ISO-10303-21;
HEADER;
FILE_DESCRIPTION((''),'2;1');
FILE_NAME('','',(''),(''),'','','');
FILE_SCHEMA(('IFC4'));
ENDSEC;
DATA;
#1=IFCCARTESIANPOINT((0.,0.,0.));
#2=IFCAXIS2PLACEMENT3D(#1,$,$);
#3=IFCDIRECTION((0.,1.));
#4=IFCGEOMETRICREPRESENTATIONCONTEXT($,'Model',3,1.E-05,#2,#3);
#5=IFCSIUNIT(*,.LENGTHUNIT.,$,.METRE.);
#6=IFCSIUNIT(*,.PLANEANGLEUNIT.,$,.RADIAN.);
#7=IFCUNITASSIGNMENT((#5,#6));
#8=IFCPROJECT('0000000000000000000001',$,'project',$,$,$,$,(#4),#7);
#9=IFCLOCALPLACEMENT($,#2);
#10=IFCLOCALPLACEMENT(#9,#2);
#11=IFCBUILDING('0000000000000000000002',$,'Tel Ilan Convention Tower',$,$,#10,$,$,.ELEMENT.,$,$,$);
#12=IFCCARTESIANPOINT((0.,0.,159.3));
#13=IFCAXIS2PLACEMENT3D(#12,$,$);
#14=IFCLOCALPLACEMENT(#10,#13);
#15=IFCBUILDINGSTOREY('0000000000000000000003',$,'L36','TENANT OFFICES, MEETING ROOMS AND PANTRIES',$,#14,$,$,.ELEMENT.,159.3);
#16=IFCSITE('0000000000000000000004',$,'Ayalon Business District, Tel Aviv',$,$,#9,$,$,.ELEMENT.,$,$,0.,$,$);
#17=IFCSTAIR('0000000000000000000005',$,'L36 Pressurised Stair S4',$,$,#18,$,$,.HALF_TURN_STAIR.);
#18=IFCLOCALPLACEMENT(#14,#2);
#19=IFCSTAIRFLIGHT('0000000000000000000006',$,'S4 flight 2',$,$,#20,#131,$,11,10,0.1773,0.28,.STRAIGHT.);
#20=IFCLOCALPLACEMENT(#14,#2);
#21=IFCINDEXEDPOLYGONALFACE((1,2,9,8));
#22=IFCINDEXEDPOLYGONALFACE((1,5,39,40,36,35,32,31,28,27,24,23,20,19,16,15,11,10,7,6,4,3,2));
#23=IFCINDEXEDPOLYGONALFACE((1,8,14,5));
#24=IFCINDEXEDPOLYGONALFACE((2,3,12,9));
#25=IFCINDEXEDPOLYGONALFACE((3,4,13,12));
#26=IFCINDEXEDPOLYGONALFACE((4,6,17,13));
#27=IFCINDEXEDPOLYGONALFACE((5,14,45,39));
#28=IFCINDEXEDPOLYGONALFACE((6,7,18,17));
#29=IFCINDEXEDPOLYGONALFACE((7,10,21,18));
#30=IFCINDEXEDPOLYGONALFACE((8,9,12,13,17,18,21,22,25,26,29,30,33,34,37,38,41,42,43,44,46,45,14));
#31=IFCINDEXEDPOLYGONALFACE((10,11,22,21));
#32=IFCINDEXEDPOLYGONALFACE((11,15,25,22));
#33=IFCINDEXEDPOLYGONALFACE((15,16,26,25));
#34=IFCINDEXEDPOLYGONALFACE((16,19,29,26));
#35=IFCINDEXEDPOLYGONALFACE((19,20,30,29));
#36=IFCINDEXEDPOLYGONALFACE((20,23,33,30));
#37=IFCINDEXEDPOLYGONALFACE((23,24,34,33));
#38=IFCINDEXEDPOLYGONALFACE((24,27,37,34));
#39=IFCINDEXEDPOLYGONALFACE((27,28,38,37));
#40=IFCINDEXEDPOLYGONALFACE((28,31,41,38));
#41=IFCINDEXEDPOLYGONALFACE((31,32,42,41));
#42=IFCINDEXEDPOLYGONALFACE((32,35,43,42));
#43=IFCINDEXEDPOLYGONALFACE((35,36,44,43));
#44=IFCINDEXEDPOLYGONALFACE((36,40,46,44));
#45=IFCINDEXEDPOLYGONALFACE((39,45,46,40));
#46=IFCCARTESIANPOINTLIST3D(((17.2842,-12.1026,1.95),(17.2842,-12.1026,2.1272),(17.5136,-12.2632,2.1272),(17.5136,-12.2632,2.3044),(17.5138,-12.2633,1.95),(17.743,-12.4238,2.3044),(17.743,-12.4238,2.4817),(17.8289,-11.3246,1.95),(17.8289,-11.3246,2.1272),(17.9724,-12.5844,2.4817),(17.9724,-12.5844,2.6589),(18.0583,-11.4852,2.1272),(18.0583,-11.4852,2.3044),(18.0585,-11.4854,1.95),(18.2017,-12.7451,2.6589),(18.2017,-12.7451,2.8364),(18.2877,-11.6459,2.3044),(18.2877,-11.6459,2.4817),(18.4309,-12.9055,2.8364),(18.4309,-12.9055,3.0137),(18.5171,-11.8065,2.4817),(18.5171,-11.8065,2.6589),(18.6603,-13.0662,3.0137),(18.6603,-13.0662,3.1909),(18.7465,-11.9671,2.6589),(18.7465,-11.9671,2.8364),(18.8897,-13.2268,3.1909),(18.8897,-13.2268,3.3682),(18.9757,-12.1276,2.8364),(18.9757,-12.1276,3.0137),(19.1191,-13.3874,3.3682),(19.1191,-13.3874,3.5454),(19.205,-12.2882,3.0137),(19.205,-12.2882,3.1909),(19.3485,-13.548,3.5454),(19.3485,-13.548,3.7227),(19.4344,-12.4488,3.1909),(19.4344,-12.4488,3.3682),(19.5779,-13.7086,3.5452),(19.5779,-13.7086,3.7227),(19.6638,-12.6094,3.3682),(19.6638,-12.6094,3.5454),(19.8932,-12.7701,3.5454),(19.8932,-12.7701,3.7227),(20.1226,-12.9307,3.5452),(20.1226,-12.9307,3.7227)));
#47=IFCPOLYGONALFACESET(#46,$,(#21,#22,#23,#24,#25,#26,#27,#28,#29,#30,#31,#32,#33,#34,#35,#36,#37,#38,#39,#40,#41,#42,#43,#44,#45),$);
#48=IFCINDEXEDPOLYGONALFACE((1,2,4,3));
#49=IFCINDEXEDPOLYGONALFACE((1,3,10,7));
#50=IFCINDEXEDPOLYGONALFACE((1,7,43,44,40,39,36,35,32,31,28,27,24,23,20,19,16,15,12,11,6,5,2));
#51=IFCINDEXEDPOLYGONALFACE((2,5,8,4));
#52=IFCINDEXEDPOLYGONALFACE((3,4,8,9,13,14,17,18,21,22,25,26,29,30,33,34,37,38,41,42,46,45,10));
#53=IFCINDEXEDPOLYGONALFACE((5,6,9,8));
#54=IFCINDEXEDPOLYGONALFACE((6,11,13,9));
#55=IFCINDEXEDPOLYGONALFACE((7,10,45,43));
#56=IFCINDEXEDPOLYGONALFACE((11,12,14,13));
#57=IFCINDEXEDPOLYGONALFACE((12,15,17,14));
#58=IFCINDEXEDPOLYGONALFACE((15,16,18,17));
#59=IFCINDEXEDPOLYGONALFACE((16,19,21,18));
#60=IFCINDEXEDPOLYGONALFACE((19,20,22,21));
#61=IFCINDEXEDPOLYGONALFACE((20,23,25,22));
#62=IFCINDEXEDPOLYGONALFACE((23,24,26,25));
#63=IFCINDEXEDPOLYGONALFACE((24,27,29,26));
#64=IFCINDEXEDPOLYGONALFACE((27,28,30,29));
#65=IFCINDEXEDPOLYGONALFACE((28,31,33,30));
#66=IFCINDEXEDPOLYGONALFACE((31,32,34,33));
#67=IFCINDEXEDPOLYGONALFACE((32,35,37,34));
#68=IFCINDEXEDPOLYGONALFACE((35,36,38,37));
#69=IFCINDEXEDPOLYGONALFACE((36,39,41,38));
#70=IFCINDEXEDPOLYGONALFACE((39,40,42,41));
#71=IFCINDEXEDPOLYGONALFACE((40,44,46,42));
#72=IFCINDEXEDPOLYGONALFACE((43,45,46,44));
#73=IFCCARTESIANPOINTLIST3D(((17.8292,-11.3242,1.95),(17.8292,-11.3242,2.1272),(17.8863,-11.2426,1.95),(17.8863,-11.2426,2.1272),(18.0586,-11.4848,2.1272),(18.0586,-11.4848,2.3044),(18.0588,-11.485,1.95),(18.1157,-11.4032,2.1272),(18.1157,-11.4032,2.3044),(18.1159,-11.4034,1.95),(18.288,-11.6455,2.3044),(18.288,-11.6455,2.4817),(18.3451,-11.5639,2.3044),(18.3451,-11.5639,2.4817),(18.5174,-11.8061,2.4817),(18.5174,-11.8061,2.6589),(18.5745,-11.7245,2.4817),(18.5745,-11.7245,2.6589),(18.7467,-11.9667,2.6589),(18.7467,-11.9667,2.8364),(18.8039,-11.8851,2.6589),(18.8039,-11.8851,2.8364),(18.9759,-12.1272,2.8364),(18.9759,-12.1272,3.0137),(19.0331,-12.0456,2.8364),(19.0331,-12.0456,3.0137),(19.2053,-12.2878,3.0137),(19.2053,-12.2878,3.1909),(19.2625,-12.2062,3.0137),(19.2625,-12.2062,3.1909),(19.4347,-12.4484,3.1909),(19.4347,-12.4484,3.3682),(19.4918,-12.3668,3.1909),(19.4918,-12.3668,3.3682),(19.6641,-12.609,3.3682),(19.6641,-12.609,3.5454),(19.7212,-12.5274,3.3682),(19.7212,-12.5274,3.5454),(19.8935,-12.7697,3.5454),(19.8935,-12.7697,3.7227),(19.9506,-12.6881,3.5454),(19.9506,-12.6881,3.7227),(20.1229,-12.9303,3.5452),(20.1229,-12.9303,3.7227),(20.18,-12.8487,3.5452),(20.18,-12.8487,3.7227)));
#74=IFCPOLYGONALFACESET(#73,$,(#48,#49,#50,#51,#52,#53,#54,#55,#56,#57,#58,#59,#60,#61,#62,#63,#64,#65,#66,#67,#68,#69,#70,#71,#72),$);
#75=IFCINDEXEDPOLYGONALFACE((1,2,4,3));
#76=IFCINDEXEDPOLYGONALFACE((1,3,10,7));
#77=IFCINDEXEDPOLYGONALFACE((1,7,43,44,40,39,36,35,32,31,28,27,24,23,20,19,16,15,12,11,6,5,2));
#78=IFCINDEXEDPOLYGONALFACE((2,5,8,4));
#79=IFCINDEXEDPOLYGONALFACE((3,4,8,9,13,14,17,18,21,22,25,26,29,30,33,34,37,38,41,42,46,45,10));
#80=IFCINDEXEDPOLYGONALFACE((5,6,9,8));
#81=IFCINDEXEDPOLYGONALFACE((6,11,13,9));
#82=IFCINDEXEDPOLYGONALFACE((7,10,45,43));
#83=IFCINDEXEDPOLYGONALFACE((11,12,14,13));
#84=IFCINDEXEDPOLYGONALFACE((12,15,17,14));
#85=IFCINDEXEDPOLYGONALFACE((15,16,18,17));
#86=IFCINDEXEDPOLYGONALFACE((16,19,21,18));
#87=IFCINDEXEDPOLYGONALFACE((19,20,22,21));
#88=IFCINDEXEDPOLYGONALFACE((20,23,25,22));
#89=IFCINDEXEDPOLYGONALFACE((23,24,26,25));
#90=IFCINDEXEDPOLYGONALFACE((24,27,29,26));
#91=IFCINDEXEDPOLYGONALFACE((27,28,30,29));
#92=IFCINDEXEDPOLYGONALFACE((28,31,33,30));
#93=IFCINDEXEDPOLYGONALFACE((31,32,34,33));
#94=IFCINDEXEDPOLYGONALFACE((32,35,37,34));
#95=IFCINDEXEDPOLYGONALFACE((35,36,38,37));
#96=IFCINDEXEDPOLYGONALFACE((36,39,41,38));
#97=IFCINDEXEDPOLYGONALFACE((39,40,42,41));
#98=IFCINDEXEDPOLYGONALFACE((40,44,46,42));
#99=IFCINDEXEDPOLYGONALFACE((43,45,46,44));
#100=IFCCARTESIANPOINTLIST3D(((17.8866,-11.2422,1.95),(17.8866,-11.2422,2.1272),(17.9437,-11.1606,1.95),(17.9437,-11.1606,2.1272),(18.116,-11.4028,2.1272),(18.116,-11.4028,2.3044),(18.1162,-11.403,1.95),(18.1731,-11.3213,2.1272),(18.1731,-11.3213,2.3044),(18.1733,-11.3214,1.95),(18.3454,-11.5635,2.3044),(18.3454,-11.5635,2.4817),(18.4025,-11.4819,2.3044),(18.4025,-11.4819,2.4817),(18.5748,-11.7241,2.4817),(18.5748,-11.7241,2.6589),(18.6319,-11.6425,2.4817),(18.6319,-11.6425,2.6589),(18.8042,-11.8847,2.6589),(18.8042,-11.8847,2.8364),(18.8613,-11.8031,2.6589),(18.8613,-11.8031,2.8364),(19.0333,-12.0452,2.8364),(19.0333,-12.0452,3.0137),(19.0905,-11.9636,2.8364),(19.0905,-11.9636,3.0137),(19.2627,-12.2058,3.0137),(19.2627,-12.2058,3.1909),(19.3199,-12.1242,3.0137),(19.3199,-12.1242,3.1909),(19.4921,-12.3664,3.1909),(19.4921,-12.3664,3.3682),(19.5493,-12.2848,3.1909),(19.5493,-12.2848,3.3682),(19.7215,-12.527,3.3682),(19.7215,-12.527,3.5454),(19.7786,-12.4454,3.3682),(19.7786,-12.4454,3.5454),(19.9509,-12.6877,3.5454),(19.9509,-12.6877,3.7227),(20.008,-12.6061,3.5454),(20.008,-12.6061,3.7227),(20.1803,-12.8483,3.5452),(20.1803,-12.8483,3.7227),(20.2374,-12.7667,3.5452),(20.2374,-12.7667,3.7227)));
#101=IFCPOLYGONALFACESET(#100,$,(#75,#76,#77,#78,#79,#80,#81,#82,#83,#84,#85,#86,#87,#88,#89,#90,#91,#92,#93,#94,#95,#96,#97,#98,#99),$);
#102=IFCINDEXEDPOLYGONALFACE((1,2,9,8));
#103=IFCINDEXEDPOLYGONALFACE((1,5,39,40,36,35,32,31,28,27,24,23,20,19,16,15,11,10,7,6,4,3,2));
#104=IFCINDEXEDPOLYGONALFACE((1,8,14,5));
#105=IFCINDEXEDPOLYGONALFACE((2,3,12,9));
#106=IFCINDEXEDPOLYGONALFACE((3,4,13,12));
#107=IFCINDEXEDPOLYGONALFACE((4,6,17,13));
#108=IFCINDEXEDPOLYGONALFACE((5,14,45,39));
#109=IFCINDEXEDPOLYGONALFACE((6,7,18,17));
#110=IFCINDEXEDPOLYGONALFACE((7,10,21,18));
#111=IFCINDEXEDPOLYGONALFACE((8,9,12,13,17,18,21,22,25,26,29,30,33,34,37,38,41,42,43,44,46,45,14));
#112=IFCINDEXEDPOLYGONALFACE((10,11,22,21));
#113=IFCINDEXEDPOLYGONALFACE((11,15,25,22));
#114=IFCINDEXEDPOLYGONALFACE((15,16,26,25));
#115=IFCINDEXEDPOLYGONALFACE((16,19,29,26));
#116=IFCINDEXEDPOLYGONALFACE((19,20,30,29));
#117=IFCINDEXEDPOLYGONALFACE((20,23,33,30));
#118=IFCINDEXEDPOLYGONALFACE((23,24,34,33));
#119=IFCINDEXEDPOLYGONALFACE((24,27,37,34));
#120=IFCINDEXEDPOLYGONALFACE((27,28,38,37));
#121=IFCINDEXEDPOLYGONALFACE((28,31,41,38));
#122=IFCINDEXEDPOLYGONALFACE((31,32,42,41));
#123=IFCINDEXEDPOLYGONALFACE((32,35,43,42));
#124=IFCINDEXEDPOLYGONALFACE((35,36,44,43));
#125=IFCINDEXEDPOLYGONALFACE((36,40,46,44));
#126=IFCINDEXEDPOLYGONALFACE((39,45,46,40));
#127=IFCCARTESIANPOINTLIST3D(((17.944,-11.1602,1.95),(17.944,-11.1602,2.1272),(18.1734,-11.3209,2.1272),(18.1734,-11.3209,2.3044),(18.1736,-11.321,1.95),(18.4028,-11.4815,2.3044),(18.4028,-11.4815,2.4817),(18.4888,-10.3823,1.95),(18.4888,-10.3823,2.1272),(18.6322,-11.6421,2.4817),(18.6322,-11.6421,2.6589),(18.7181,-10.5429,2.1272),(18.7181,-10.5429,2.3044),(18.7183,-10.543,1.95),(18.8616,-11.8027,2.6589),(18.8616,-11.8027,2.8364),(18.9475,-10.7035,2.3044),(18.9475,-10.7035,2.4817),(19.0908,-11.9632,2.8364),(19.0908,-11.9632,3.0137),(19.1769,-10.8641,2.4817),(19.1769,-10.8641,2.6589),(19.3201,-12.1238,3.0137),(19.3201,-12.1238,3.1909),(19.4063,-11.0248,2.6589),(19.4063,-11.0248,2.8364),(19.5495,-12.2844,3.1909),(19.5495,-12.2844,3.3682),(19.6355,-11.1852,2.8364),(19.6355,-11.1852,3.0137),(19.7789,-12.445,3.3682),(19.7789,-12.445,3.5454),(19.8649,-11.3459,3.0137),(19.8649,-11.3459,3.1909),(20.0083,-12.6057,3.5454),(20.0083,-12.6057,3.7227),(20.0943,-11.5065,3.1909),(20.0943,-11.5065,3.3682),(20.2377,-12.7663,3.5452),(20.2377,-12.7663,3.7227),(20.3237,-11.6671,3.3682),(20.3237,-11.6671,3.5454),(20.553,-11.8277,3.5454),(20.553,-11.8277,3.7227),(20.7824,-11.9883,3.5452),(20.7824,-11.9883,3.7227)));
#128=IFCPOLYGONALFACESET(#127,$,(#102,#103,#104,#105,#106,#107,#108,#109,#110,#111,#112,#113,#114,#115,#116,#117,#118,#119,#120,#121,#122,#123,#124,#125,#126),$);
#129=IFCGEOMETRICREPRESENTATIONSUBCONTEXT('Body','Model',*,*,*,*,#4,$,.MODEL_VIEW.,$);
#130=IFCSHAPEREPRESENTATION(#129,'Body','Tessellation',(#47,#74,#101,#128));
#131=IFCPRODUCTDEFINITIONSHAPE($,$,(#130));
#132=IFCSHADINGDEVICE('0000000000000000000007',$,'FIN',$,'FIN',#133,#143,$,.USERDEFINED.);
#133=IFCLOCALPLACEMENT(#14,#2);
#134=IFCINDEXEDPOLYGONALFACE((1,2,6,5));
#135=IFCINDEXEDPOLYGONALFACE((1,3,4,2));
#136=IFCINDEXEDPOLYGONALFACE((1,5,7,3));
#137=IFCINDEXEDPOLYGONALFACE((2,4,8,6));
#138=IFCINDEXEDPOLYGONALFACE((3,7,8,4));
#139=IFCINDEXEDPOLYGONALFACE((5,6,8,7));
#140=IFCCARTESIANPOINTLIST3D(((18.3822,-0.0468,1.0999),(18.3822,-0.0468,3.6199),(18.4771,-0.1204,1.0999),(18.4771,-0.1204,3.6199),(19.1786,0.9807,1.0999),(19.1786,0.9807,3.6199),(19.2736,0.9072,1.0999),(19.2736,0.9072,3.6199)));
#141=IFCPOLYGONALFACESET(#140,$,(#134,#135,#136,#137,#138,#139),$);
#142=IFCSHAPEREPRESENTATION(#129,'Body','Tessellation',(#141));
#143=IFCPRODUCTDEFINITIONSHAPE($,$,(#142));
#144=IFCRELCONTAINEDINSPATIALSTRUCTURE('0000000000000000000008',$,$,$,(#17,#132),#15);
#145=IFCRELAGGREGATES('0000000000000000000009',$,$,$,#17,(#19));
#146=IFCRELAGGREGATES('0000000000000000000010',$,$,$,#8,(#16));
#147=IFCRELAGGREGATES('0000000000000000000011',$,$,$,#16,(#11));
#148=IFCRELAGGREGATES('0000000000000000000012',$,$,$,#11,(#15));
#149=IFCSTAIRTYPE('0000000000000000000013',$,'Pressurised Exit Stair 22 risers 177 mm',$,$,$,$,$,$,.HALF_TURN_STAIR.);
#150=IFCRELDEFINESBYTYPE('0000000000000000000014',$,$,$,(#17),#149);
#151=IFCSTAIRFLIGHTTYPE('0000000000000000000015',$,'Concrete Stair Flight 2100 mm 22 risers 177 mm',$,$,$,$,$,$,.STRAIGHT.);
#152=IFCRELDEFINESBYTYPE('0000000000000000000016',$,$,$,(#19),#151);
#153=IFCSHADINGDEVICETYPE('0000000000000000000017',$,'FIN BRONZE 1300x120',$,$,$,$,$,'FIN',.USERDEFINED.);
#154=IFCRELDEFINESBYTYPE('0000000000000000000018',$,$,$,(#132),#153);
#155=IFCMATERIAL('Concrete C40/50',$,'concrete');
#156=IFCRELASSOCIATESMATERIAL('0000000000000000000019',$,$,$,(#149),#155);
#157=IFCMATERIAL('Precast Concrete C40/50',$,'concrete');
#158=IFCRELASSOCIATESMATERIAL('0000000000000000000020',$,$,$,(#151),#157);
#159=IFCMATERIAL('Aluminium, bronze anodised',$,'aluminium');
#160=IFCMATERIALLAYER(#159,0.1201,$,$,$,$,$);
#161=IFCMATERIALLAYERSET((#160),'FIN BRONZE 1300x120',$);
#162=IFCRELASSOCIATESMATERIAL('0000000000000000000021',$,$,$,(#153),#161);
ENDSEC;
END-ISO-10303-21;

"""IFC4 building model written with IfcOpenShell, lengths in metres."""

from ifc_helpers import new_model, si_unit, direction, frame, origin, origin_2d, place, context, subcontext, project, spatial, polyline, rectangle, outline, extrude, material, layer, layer_set, type_object, element, aggregate, save


model = new_model("IFC4")

# Units and contexts
model_context = context("Model", 3, precision=1e-05, world=origin(), true_north=direction((0.0, 1.0)))
body_context = subcontext(model_context, "Body", "Model", "MODEL_VIEW")
ifc_project = project(units=[si_unit("LENGTHUNIT", "METRE"), si_unit("PLANEANGLEUNIT", "RADIAN")], contexts=[model_context])

# Site, building, storey
site_placement = place(None, origin())
site = spatial("IfcSite", under=ifc_project, at=site_placement, Name="Ayalon Business District, Tel Aviv", CompositionType="ELEMENT", RefElevation=0.0)
building_placement = place(site_placement, origin())
building = spatial("IfcBuilding", under=site, at=building_placement, Name="Tel Ilan Convention Tower", CompositionType="ELEMENT")
storey_placement = place(building_placement, frame((0.0, 0.0, 159.3)))
storey = spatial("IfcBuildingStorey", under=building, at=storey_placement, Name="L36", Description="TENANT OFFICES, MEETING ROOMS AND PANTRIES", CompositionType="ELEMENT", Elevation=159.3)

# Shared definitions
ifc_material_1 = material(Name="Concrete C40/50", Category="concrete")
stair_type = type_object("IfcStairType", Name="Pressurised Exit Stair 22 risers 177 mm", PredefinedType="HALF_TURN_STAIR", material=ifc_material_1)
ifc_material_2 = material(Name="Precast Concrete C40/50", Category="concrete")
stair_flight_type = type_object("IfcStairFlightType", Name="Concrete Stair Flight 2100 mm 22 risers 177 mm", PredefinedType="STRAIGHT", material=ifc_material_2)

# Stair, stair flight
stair_1_placement = place(storey_placement, origin())
stair_1 = element("IfcStair", 1, at=stair_1_placement, inside=storey, type_object=stair_type, Name="L36 Pressurised Stair S4", PredefinedType="HALF_TURN_STAIR")
stair_flight_1_placement = place(storey_placement, frame((17.8865, -11.2424, 1.95), z_axis=(0.0, 0.0, 1.0), x_axis=(0.819152, -0.573576, 0.0)))
stair_flight_1 = element("IfcStairFlight", 2, at=stair_flight_1_placement, type_object=stair_flight_type, Name="S4 flight 2", NumberOfRisers=11, NumberOfTreads=10, PredefinedType="STRAIGHT", RiserHeight=0.1773, TreadLength=0.28, context=body_context, shape_type="SweptSolid", body=[
    extrude(outline(polyline([(0.0, 0.0), (0.0, 0.1772), (0.28, 0.1772), (0.28, 0.3545), (0.5601, 0.3545), (0.5601, 0.5317), (0.8401, 0.5317), (0.8401, 0.709), (1.1201, 0.709), (1.1201, 0.8865), (1.3999, 0.8865), (1.3999, 1.0637), (1.6799, 1.0637), (1.6799, 1.241), (1.96, 1.241), (1.96, 1.4182), (2.24, 1.4182), (2.24, 1.5955), (2.52, 1.5955), (2.52, 1.7727), (2.8, 1.7727), (2.8, 1.95), (2.8, 1.5952), (0.2803, 0.0), (0.0, 0.0)])), frame((0.0, -0.1003, 0.0), z_axis=(0.0, -1.0, 0.0), x_axis=(1.0, 0.0, 0.0)), (0.0, 0.0, 1.0), 0.9497),
    extrude(outline(polyline([(0.0, 0.0), (0.0, 0.1772), (0.28, 0.1772), (0.28, 0.3545), (0.5601, 0.3545), (0.5601, 0.5317), (0.8401, 0.5317), (0.8401, 0.709), (1.1201, 0.709), (1.1201, 0.8865), (1.3999, 0.8865), (1.3999, 1.0637), (1.6799, 1.0637), (1.6799, 1.241), (1.96, 1.241), (1.96, 1.4182), (2.24, 1.4182), (2.24, 1.5955), (2.52, 1.5955), (2.52, 1.7727), (2.8, 1.7727), (2.8, 1.95), (2.8, 1.5952), (0.2803, 0.0), (0.0, 0.0)])), frame((0.0, -0.0002, 0.0), z_axis=(0.0, -1.0, 0.0), x_axis=(1.0, 0.0, 0.0)), (0.0, 0.0, 1.0), 0.0996),
    extrude(outline(polyline([(0.0, 0.0), (0.0, 0.1772), (0.28, 0.1772), (0.28, 0.3545), (0.5601, 0.3545), (0.5601, 0.5317), (0.8401, 0.5317), (0.8401, 0.709), (1.1201, 0.709), (1.1201, 0.8865), (1.3999, 0.8865), (1.3999, 1.0637), (1.6799, 1.0637), (1.6799, 1.241), (1.96, 1.241), (1.96, 1.4182), (2.24, 1.4182), (2.24, 1.5955), (2.52, 1.5955), (2.52, 1.7727), (2.8, 1.7727), (2.8, 1.95), (2.8, 1.5952), (0.2803, 0.0), (0.0, 0.0)])), frame((0.0, 0.0999, 0.0), z_axis=(0.0, -1.0, 0.0), x_axis=(1.0, 0.0, 0.0)), (0.0, 0.0, 1.0), 0.0996),
    extrude(outline(polyline([(0.0, 0.0), (0.0, 0.1772), (0.28, 0.1772), (0.28, 0.3545), (0.5601, 0.3545), (0.5601, 0.5317), (0.8401, 0.5317), (0.8401, 0.709), (1.1201, 0.709), (1.1201, 0.8865), (1.3999, 0.8865), (1.3999, 1.0637), (1.6799, 1.0637), (1.6799, 1.241), (1.96, 1.241), (1.96, 1.4182), (2.24, 1.4182), (2.24, 1.5955), (2.52, 1.5955), (2.52, 1.7727), (2.8, 1.7727), (2.8, 1.95), (2.8, 1.5952), (0.2803, 0.0), (0.0, 0.0)])), frame((0.0, 1.05, 0.0), z_axis=(0.0, -1.0, 0.0), x_axis=(1.0, 0.0, 0.0)), (0.0, 0.0, 1.0), 0.9497),
])
aggregate(stair_1, [stair_flight_1])

# Shading device
ifc_material_3 = material(Name="Aluminium, bronze anodised", Category="aluminium")
ifc_layer_1 = layer(ifc_material_3, 0.1201)
ifc_layer_set_1 = layer_set([ifc_layer_1], Name="FIN BRONZE 1300x120")
shading_device_type = type_object("IfcShadingDeviceType", Name="FIN BRONZE 1300x120", ElementType="FIN", PredefinedType="USERDEFINED", material=ifc_layer_set_1)
shading_device_placement = place(storey_placement, frame((18.8279, 0.4302, 1.0999), z_axis=(0.0, 0.0, 1.0), x_axis=(0.612601, 0.790393, 0.0)))
element("IfcShadingDevice", 3, at=shading_device_placement, inside=storey, type_object=shading_device_type, Name="FIN", ObjectType="FIN", PredefinedType="USERDEFINED", context=body_context, shape_type="SweptSolid", body=[
    extrude(rectangle(XDim=1.3, YDim=0.1201, at=origin_2d()), origin(), (0.0, 0.0, 1.0), 2.52),
])

save(model, "model.ifc")
